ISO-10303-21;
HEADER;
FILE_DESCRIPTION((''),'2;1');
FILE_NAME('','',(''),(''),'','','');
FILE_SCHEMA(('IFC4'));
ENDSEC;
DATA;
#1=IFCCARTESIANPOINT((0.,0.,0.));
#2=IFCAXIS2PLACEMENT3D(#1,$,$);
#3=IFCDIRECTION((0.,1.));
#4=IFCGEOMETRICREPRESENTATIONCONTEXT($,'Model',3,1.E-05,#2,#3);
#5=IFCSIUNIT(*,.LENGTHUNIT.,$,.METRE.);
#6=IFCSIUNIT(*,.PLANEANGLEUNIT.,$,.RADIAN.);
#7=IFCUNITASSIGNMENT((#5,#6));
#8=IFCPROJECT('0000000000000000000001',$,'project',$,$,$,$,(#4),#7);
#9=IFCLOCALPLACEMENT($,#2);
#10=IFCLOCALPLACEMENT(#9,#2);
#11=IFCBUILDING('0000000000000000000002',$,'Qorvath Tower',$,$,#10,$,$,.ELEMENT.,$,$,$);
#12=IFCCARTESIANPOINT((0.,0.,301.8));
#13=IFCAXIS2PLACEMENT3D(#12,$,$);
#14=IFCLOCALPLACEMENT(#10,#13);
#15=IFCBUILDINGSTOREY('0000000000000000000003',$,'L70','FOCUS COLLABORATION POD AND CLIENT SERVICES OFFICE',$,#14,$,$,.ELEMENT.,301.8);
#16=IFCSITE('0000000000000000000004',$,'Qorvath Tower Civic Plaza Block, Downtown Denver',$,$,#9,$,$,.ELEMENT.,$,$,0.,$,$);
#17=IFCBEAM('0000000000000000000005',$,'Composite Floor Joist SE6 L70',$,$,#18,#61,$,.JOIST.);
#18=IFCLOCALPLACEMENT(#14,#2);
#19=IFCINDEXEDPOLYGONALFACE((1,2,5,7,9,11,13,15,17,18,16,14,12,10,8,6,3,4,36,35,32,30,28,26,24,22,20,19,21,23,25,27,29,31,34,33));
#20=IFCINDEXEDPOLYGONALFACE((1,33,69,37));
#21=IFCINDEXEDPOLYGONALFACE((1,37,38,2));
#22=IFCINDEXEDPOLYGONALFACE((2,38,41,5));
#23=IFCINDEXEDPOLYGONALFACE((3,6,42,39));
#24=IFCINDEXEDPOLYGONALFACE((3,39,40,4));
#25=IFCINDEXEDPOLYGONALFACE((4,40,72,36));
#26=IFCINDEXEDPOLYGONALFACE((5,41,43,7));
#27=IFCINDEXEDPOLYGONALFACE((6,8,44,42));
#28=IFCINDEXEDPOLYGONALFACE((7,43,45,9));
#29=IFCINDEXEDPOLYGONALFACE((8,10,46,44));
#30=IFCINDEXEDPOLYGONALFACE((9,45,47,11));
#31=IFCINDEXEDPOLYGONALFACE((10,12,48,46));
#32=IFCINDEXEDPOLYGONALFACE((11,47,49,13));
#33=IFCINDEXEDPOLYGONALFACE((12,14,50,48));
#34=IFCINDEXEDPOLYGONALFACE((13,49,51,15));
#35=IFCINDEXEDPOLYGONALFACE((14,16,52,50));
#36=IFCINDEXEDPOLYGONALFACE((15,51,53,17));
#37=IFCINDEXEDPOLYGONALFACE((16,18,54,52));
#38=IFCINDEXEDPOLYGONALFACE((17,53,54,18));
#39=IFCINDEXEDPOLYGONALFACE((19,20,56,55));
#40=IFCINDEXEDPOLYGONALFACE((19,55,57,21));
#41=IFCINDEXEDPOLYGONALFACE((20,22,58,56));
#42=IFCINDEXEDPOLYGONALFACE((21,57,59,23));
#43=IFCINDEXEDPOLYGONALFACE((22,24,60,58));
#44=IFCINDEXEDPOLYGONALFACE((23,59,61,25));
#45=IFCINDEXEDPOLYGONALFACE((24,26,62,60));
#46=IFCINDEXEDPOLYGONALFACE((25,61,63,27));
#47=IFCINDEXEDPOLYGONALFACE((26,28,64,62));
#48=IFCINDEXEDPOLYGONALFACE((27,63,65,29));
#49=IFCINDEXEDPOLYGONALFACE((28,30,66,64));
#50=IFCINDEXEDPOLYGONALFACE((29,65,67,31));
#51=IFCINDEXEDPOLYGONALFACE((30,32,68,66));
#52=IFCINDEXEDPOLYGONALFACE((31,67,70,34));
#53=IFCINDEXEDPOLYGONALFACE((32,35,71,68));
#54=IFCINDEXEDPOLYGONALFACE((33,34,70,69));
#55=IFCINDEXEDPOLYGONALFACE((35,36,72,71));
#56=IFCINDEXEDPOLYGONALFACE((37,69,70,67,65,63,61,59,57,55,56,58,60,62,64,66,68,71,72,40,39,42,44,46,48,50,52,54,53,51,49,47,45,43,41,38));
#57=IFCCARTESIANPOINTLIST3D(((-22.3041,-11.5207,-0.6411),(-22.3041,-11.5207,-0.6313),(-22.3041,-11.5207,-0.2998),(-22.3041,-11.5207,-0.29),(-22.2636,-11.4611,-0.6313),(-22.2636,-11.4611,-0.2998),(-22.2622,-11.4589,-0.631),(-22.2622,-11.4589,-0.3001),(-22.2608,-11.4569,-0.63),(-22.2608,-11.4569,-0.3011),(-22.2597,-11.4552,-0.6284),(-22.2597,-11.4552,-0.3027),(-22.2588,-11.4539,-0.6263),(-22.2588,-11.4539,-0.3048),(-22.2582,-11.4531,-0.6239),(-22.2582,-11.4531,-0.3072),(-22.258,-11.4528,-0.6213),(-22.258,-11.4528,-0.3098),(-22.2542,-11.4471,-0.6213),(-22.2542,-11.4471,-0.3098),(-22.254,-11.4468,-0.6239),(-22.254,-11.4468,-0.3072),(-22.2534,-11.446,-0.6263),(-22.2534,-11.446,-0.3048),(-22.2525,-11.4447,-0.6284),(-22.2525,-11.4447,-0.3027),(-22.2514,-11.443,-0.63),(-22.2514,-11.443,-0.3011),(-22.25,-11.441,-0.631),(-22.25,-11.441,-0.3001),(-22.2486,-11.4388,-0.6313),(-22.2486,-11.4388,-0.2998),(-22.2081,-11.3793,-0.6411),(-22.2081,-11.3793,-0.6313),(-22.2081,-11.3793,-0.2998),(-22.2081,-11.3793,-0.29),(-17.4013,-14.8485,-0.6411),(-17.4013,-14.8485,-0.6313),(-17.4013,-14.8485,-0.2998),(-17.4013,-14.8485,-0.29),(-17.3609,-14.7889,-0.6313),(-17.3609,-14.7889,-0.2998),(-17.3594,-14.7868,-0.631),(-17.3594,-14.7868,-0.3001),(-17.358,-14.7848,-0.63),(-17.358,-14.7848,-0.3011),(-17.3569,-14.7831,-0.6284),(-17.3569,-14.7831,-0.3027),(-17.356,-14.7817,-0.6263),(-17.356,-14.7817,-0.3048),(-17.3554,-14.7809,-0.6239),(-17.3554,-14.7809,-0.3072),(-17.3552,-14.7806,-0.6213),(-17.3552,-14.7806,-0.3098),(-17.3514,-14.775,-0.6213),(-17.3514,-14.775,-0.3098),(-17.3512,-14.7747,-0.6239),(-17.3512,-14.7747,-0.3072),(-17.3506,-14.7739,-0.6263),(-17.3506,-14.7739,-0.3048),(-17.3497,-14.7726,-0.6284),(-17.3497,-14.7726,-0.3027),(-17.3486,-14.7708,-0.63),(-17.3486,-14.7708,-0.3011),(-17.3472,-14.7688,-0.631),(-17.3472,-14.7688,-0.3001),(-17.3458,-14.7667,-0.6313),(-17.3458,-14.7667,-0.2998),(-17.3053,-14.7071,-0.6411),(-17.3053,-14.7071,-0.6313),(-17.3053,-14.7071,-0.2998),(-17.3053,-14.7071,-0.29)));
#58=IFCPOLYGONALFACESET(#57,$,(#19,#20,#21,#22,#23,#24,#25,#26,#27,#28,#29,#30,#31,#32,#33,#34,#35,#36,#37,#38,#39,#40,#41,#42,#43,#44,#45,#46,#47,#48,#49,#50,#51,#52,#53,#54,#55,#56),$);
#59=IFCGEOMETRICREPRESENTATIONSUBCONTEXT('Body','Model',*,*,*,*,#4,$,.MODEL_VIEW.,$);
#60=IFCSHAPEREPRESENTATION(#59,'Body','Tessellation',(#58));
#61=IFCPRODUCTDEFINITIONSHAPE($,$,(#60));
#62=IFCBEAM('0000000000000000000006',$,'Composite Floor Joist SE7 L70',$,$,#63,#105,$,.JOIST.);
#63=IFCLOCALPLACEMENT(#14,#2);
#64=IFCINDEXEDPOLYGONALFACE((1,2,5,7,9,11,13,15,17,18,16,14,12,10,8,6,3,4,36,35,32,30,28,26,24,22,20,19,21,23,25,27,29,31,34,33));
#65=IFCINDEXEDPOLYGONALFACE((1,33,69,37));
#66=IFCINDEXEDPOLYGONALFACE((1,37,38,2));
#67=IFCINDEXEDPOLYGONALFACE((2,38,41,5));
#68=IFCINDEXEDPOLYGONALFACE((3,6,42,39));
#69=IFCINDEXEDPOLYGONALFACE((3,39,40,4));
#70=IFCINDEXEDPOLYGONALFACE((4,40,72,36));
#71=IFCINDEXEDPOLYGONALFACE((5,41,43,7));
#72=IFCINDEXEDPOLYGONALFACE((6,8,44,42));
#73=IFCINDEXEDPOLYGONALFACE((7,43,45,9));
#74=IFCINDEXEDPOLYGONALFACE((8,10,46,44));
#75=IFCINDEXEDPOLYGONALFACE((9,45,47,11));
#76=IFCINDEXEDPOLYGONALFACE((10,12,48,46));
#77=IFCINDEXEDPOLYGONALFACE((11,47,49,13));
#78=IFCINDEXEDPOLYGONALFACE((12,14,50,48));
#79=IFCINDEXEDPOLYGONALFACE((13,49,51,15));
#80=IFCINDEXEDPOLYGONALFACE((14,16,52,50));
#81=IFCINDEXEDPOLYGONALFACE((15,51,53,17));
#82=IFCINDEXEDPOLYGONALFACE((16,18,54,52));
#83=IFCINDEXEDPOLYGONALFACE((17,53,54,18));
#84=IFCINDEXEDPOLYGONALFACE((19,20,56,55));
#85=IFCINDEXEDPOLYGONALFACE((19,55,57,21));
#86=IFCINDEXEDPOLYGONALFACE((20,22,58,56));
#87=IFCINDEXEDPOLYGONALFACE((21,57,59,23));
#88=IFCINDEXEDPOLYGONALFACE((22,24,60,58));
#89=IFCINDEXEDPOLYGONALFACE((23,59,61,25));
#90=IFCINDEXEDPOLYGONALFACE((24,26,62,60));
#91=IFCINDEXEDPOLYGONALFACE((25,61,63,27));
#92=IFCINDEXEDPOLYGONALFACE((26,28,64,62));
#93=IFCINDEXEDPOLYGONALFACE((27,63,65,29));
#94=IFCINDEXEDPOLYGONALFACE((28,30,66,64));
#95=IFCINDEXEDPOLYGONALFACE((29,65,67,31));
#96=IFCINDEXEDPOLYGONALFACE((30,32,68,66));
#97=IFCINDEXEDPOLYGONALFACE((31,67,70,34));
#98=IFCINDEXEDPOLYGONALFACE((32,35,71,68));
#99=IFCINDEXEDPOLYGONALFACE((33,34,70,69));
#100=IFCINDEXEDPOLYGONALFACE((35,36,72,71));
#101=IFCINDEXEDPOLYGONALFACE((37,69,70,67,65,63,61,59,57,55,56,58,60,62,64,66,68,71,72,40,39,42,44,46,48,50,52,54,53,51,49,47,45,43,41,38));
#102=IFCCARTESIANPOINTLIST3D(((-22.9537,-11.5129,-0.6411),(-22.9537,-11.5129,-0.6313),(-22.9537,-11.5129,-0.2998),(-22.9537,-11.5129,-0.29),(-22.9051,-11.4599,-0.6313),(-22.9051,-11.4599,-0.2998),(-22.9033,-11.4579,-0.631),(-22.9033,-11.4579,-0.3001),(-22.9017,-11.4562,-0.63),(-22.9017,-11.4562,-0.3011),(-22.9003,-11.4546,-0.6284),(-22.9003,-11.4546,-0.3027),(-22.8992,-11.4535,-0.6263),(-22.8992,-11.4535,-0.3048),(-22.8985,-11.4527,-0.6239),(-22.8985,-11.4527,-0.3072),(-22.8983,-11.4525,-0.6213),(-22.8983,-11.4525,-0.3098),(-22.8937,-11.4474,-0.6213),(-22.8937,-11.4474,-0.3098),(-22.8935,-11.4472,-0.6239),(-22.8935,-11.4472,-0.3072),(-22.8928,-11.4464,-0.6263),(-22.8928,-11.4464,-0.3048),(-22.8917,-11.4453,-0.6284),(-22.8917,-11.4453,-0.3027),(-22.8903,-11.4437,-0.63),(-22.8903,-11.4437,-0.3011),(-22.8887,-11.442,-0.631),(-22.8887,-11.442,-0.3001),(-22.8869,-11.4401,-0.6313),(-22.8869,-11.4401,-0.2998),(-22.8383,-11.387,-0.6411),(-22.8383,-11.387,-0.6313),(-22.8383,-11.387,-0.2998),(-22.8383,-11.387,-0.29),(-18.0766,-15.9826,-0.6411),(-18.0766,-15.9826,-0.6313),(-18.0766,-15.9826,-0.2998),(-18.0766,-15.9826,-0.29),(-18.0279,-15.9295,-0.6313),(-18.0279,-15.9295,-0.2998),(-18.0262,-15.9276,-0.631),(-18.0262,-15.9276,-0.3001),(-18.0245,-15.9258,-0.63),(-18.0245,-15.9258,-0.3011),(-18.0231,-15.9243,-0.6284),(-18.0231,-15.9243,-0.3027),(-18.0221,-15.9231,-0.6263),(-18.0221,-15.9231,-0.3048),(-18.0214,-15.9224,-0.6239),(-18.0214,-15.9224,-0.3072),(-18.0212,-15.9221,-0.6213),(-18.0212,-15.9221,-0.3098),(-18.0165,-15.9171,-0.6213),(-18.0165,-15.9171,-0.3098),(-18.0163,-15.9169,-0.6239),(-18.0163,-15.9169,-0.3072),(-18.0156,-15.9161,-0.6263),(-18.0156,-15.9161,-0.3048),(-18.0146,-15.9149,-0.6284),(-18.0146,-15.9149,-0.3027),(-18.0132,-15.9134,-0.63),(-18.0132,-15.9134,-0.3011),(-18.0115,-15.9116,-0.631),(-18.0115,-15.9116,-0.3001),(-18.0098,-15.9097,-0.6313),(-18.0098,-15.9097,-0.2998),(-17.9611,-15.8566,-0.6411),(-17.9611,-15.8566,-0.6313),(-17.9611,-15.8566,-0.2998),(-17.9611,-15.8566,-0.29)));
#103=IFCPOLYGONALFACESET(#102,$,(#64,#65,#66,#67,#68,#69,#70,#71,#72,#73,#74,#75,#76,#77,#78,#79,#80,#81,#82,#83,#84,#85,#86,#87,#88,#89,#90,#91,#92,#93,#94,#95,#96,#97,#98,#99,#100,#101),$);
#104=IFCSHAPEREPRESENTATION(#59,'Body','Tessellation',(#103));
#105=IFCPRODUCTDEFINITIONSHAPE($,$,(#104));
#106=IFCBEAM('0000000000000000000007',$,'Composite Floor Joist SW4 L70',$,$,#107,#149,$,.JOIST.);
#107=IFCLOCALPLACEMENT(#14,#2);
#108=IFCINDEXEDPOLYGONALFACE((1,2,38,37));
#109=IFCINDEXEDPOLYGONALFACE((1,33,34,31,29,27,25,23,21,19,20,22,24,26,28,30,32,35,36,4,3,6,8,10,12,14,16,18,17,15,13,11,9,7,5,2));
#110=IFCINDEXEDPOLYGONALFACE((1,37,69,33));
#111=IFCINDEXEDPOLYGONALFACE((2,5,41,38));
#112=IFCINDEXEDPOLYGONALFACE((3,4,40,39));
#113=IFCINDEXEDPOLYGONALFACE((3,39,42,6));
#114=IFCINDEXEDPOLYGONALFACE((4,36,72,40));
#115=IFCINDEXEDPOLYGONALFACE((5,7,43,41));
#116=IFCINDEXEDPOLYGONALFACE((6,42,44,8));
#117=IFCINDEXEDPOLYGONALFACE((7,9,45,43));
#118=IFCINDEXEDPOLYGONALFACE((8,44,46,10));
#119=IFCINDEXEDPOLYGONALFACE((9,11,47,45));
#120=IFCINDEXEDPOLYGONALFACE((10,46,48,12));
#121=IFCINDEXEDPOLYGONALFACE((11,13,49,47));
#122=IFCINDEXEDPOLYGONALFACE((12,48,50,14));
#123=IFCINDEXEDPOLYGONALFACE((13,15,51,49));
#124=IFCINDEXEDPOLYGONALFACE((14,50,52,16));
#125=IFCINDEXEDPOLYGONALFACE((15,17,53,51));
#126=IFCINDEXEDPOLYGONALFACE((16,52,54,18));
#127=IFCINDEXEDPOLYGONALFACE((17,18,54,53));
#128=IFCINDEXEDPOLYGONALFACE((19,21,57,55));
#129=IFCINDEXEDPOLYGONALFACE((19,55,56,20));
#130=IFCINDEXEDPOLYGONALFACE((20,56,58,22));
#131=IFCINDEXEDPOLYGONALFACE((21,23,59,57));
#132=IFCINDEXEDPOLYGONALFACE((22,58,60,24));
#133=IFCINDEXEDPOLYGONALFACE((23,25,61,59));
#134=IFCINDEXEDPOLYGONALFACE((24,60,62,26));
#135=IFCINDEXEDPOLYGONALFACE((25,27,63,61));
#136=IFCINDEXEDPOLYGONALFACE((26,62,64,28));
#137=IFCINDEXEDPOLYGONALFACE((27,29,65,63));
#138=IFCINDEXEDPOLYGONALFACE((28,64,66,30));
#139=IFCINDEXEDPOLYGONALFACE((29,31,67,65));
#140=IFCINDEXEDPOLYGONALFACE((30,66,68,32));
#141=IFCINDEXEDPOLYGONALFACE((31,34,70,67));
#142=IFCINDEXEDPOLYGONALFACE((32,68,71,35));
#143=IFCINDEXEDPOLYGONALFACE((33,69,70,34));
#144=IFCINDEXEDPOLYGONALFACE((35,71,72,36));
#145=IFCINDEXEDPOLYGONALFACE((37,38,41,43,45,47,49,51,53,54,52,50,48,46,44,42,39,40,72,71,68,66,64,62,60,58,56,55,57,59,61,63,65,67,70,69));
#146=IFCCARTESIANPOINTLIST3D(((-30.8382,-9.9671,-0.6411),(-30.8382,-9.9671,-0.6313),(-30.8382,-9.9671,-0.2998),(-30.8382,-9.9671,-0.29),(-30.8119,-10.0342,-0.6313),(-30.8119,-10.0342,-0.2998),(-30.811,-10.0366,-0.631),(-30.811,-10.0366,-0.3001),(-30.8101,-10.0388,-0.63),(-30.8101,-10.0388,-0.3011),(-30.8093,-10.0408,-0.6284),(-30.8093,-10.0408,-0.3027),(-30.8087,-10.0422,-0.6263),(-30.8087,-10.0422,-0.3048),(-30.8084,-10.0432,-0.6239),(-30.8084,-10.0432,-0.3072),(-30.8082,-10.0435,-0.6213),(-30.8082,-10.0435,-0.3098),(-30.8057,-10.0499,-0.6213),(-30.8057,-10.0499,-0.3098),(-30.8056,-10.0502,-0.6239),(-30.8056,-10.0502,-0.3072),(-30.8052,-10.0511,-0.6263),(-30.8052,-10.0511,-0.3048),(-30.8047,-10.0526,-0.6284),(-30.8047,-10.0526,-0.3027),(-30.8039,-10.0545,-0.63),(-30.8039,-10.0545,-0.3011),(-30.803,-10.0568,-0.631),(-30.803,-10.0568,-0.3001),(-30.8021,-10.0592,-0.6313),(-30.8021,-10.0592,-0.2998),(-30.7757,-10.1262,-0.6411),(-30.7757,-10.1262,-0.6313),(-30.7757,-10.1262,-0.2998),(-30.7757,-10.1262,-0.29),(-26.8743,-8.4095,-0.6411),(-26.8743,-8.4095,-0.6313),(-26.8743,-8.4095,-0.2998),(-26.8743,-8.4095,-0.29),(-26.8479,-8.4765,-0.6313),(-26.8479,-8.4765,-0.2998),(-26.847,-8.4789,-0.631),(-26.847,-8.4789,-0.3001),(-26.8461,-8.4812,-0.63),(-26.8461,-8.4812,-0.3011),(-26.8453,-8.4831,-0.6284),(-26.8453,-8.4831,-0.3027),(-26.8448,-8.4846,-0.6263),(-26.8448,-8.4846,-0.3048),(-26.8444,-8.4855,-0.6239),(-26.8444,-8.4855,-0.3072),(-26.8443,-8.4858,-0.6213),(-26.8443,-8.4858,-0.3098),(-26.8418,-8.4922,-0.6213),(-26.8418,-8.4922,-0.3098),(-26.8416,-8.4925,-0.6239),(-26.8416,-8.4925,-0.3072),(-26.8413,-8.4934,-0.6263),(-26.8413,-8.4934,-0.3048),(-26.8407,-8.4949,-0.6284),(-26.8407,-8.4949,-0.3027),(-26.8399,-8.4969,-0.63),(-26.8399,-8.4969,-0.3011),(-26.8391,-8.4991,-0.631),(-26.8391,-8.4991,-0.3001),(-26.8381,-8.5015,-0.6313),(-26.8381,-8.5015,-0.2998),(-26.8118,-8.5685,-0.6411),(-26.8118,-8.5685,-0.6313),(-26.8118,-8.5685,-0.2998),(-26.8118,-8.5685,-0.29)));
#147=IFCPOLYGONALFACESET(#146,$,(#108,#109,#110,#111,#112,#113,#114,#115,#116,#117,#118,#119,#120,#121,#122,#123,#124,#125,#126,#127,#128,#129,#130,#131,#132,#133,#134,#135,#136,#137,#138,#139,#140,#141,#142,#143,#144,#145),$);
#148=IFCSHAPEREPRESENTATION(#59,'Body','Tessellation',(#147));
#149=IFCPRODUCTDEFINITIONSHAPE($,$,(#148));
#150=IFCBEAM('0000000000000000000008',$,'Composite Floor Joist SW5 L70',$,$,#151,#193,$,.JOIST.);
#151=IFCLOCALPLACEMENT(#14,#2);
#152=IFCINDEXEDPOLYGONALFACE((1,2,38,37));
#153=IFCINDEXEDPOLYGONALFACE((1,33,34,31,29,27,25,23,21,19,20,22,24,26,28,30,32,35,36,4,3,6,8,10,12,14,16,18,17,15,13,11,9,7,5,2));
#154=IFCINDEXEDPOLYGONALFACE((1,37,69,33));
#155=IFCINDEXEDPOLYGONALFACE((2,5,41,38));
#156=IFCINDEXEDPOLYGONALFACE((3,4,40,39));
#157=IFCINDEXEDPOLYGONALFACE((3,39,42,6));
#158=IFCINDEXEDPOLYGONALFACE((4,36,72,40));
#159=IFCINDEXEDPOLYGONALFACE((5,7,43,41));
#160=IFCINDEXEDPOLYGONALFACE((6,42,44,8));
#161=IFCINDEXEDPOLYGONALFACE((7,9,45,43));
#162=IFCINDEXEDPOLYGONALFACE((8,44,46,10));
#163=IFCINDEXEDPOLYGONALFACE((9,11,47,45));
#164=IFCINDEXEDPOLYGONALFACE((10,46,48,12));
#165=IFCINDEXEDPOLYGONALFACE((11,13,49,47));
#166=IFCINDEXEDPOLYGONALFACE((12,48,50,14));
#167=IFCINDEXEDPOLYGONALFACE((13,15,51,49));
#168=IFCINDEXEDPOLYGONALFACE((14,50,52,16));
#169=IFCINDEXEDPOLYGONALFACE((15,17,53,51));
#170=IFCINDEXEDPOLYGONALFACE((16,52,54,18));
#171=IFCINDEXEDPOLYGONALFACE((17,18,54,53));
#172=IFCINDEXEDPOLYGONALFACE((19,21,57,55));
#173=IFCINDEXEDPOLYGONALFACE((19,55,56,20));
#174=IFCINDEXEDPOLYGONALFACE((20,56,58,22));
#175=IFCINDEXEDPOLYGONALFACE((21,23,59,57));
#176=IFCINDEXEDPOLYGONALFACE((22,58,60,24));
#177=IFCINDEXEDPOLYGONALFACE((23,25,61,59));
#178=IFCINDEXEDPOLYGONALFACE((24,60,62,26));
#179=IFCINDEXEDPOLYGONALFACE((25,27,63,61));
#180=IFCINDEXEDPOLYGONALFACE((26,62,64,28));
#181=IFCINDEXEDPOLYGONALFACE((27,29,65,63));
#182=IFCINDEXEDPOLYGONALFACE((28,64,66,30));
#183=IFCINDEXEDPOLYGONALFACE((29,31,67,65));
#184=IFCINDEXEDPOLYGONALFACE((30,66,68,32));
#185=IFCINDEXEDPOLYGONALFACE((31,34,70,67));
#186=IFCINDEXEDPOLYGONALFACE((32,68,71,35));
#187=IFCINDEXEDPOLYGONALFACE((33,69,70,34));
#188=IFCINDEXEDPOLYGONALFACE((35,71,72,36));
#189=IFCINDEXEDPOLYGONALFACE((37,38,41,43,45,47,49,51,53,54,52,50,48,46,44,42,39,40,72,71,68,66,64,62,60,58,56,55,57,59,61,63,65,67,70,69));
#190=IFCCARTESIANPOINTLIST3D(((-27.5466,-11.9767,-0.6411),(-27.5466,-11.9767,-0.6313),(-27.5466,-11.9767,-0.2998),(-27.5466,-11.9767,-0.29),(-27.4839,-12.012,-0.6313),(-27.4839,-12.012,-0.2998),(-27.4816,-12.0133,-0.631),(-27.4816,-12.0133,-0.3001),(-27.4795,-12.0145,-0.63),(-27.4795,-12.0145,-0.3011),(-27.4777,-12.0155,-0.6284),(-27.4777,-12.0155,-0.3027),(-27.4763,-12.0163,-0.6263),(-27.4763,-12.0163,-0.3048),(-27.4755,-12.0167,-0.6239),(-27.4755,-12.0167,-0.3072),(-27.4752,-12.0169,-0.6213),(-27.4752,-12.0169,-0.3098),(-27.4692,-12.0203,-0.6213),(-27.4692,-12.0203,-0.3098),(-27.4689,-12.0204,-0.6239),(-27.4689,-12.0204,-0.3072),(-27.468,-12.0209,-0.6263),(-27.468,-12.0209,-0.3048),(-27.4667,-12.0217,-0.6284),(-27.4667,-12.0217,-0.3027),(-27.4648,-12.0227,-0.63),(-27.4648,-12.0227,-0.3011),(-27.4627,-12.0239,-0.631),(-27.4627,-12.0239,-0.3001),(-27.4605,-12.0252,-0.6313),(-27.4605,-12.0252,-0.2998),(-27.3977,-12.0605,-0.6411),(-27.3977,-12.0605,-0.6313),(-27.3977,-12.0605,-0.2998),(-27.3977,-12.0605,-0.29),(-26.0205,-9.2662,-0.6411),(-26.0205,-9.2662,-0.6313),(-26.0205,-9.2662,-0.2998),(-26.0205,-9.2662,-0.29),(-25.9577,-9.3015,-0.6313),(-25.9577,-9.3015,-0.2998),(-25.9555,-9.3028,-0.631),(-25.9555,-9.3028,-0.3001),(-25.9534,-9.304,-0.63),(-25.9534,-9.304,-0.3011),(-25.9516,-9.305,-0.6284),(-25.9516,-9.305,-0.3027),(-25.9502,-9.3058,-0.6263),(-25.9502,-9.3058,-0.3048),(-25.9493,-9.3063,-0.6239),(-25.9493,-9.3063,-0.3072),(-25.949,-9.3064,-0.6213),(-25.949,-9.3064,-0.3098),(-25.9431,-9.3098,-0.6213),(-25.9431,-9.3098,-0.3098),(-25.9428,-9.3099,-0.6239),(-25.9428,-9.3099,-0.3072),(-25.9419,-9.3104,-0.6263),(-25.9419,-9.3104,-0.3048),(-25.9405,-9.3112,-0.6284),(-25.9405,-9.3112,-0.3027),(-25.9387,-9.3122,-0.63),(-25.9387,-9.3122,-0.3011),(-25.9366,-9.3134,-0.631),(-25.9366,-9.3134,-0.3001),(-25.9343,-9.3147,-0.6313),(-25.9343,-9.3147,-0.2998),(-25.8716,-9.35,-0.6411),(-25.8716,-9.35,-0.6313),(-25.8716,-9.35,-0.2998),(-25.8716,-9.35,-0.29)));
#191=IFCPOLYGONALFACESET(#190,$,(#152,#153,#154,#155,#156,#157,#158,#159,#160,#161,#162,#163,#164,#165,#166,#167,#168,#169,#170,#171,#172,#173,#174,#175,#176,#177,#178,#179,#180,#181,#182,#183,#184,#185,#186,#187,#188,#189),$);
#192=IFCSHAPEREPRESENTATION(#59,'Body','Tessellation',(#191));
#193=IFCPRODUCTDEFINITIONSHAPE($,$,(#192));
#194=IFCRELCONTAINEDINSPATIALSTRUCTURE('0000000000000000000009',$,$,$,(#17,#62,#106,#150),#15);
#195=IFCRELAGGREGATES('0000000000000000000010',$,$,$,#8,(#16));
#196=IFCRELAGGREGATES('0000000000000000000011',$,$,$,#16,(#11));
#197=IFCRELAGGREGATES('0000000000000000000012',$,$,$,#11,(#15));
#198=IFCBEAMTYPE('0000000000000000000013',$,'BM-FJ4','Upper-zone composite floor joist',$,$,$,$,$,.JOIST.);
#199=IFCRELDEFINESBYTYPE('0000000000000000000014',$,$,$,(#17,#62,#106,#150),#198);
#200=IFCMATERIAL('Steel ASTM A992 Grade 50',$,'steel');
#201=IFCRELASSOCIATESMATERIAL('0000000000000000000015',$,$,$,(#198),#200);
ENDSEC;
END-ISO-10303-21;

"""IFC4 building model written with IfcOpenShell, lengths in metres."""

from ifc_helpers import new_model, si_unit, direction, frame, origin, origin_2d, place, context, subcontext, project, spatial, i_section, extrude, material, material_profile, profile_set, type_object, element, save


model = new_model("IFC4")

# Units and contexts
model_context = context("Model", 3, precision=1e-05, world=origin(), true_north=direction((0.0, 1.0)))
body_context = subcontext(model_context, "Body", "Model", "MODEL_VIEW")
ifc_project = project(units=[si_unit("LENGTHUNIT", "METRE"), si_unit("PLANEANGLEUNIT", "RADIAN")], contexts=[model_context])

# Site, building, storey
site_placement = place(None, origin())
site = spatial("IfcSite", under=ifc_project, at=site_placement, Name="Qorvath Tower Civic Plaza Block, Downtown Denver", CompositionType="ELEMENT", RefElevation=0.0)
building_placement = place(site_placement, origin())
building = spatial("IfcBuilding", under=site, at=building_placement, Name="Qorvath Tower", CompositionType="ELEMENT")
storey_placement = place(building_placement, frame((0.0, 0.0, 301.8)))
storey = spatial("IfcBuildingStorey", under=building, at=storey_placement, Name="L70", Description="FOCUS COLLABORATION POD AND CLIENT SERVICES OFFICE", CompositionType="ELEMENT", Elevation=301.8)

# Beams
ifc_material_1 = material(Name="Steel ASTM A992 Grade 50", Category="steel")
ifc_material_profile_1 = material_profile(ifc_material_1, i_section(OverallWidth=0.1709, OverallDepth=0.3511, WebThickness=0.0068, FlangeThickness=0.0098, FilletRadius=0.01, at=origin_2d()), Name="W14x30")
ifc_profile_set_1 = profile_set([ifc_material_profile_1], Name="Steel ASTM A992 Grade 50")
beam_type_1 = type_object("IfcBeamType", Name="BM-FJ4", Description="Upper-zone composite floor joist", PredefinedType="JOIST", material=ifc_profile_set_1)
beam_1_placement = place(storey_placement, frame((-22.2561, -11.45, -0.4656), z_axis=(0.827401, -0.561612, 0.0), x_axis=(0.561612, 0.827401, 0.0)))
element("IfcBeam", 1, at=beam_1_placement, inside=storey, type_object=beam_type_1, Name="Composite Floor Joist SE6 L70", PredefinedType="JOIST", context=body_context, shape_type="SweptSolid", body=[
    extrude(i_section(OverallWidth=0.1709, OverallDepth=0.3511, WebThickness=0.0068, FlangeThickness=0.0098, FilletRadius=0.01, at=origin_2d()), origin(), (0.0, 0.0, 1.0), 5.9255),
])
beam_2_placement = place(storey_placement, frame((-22.896, -11.45, -0.4656), z_axis=(0.737232, -0.675639, 0.0), x_axis=(0.675639, 0.737232, 0.0)))
element("IfcBeam", 2, at=beam_2_placement, inside=storey, type_object=beam_type_1, Name="Composite Floor Joist SE7 L70", PredefinedType="JOIST", context=body_context, shape_type="SweptSolid", body=[
    extrude(i_section(OverallWidth=0.1709, OverallDepth=0.3511, WebThickness=0.0068, FlangeThickness=0.0098, FilletRadius=0.01, at=origin_2d()), origin(), (0.0, 0.0, 1.0), 6.6155),
])
beam_3_placement = place(storey_placement, frame((-26.843, -8.489, -0.4656), z_axis=(-0.930721, -0.36573, 0.0), x_axis=(0.36573, -0.930721, 0.0)))
element("IfcBeam", 3, at=beam_3_placement, inside=storey, type_object=beam_type_1, Name="Composite Floor Joist SW4 L70", PredefinedType="JOIST", context=body_context, shape_type="SweptSolid", body=[
    extrude(i_section(OverallWidth=0.1709, OverallDepth=0.3511, WebThickness=0.0068, FlangeThickness=0.0098, FilletRadius=0.01, at=origin_2d()), origin(), (0.0, 0.0, 1.0), 4.259),
])
beam_4_placement = place(storey_placement, frame((-25.946, -9.3081, -0.4656), z_axis=(-0.490626, -0.87137, 0.0), x_axis=(0.87137, -0.490626, 0.0)))
element("IfcBeam", 4, at=beam_4_placement, inside=storey, type_object=beam_type_1, Name="Composite Floor Joist SW5 L70", PredefinedType="JOIST", context=body_context, shape_type="SweptSolid", body=[
    extrude(i_section(OverallWidth=0.1709, OverallDepth=0.3511, WebThickness=0.0068, FlangeThickness=0.0098, FilletRadius=0.01, at=origin_2d()), origin(), (0.0, 0.0, 1.0), 3.1106),
])

save(model, "model.ifc")
